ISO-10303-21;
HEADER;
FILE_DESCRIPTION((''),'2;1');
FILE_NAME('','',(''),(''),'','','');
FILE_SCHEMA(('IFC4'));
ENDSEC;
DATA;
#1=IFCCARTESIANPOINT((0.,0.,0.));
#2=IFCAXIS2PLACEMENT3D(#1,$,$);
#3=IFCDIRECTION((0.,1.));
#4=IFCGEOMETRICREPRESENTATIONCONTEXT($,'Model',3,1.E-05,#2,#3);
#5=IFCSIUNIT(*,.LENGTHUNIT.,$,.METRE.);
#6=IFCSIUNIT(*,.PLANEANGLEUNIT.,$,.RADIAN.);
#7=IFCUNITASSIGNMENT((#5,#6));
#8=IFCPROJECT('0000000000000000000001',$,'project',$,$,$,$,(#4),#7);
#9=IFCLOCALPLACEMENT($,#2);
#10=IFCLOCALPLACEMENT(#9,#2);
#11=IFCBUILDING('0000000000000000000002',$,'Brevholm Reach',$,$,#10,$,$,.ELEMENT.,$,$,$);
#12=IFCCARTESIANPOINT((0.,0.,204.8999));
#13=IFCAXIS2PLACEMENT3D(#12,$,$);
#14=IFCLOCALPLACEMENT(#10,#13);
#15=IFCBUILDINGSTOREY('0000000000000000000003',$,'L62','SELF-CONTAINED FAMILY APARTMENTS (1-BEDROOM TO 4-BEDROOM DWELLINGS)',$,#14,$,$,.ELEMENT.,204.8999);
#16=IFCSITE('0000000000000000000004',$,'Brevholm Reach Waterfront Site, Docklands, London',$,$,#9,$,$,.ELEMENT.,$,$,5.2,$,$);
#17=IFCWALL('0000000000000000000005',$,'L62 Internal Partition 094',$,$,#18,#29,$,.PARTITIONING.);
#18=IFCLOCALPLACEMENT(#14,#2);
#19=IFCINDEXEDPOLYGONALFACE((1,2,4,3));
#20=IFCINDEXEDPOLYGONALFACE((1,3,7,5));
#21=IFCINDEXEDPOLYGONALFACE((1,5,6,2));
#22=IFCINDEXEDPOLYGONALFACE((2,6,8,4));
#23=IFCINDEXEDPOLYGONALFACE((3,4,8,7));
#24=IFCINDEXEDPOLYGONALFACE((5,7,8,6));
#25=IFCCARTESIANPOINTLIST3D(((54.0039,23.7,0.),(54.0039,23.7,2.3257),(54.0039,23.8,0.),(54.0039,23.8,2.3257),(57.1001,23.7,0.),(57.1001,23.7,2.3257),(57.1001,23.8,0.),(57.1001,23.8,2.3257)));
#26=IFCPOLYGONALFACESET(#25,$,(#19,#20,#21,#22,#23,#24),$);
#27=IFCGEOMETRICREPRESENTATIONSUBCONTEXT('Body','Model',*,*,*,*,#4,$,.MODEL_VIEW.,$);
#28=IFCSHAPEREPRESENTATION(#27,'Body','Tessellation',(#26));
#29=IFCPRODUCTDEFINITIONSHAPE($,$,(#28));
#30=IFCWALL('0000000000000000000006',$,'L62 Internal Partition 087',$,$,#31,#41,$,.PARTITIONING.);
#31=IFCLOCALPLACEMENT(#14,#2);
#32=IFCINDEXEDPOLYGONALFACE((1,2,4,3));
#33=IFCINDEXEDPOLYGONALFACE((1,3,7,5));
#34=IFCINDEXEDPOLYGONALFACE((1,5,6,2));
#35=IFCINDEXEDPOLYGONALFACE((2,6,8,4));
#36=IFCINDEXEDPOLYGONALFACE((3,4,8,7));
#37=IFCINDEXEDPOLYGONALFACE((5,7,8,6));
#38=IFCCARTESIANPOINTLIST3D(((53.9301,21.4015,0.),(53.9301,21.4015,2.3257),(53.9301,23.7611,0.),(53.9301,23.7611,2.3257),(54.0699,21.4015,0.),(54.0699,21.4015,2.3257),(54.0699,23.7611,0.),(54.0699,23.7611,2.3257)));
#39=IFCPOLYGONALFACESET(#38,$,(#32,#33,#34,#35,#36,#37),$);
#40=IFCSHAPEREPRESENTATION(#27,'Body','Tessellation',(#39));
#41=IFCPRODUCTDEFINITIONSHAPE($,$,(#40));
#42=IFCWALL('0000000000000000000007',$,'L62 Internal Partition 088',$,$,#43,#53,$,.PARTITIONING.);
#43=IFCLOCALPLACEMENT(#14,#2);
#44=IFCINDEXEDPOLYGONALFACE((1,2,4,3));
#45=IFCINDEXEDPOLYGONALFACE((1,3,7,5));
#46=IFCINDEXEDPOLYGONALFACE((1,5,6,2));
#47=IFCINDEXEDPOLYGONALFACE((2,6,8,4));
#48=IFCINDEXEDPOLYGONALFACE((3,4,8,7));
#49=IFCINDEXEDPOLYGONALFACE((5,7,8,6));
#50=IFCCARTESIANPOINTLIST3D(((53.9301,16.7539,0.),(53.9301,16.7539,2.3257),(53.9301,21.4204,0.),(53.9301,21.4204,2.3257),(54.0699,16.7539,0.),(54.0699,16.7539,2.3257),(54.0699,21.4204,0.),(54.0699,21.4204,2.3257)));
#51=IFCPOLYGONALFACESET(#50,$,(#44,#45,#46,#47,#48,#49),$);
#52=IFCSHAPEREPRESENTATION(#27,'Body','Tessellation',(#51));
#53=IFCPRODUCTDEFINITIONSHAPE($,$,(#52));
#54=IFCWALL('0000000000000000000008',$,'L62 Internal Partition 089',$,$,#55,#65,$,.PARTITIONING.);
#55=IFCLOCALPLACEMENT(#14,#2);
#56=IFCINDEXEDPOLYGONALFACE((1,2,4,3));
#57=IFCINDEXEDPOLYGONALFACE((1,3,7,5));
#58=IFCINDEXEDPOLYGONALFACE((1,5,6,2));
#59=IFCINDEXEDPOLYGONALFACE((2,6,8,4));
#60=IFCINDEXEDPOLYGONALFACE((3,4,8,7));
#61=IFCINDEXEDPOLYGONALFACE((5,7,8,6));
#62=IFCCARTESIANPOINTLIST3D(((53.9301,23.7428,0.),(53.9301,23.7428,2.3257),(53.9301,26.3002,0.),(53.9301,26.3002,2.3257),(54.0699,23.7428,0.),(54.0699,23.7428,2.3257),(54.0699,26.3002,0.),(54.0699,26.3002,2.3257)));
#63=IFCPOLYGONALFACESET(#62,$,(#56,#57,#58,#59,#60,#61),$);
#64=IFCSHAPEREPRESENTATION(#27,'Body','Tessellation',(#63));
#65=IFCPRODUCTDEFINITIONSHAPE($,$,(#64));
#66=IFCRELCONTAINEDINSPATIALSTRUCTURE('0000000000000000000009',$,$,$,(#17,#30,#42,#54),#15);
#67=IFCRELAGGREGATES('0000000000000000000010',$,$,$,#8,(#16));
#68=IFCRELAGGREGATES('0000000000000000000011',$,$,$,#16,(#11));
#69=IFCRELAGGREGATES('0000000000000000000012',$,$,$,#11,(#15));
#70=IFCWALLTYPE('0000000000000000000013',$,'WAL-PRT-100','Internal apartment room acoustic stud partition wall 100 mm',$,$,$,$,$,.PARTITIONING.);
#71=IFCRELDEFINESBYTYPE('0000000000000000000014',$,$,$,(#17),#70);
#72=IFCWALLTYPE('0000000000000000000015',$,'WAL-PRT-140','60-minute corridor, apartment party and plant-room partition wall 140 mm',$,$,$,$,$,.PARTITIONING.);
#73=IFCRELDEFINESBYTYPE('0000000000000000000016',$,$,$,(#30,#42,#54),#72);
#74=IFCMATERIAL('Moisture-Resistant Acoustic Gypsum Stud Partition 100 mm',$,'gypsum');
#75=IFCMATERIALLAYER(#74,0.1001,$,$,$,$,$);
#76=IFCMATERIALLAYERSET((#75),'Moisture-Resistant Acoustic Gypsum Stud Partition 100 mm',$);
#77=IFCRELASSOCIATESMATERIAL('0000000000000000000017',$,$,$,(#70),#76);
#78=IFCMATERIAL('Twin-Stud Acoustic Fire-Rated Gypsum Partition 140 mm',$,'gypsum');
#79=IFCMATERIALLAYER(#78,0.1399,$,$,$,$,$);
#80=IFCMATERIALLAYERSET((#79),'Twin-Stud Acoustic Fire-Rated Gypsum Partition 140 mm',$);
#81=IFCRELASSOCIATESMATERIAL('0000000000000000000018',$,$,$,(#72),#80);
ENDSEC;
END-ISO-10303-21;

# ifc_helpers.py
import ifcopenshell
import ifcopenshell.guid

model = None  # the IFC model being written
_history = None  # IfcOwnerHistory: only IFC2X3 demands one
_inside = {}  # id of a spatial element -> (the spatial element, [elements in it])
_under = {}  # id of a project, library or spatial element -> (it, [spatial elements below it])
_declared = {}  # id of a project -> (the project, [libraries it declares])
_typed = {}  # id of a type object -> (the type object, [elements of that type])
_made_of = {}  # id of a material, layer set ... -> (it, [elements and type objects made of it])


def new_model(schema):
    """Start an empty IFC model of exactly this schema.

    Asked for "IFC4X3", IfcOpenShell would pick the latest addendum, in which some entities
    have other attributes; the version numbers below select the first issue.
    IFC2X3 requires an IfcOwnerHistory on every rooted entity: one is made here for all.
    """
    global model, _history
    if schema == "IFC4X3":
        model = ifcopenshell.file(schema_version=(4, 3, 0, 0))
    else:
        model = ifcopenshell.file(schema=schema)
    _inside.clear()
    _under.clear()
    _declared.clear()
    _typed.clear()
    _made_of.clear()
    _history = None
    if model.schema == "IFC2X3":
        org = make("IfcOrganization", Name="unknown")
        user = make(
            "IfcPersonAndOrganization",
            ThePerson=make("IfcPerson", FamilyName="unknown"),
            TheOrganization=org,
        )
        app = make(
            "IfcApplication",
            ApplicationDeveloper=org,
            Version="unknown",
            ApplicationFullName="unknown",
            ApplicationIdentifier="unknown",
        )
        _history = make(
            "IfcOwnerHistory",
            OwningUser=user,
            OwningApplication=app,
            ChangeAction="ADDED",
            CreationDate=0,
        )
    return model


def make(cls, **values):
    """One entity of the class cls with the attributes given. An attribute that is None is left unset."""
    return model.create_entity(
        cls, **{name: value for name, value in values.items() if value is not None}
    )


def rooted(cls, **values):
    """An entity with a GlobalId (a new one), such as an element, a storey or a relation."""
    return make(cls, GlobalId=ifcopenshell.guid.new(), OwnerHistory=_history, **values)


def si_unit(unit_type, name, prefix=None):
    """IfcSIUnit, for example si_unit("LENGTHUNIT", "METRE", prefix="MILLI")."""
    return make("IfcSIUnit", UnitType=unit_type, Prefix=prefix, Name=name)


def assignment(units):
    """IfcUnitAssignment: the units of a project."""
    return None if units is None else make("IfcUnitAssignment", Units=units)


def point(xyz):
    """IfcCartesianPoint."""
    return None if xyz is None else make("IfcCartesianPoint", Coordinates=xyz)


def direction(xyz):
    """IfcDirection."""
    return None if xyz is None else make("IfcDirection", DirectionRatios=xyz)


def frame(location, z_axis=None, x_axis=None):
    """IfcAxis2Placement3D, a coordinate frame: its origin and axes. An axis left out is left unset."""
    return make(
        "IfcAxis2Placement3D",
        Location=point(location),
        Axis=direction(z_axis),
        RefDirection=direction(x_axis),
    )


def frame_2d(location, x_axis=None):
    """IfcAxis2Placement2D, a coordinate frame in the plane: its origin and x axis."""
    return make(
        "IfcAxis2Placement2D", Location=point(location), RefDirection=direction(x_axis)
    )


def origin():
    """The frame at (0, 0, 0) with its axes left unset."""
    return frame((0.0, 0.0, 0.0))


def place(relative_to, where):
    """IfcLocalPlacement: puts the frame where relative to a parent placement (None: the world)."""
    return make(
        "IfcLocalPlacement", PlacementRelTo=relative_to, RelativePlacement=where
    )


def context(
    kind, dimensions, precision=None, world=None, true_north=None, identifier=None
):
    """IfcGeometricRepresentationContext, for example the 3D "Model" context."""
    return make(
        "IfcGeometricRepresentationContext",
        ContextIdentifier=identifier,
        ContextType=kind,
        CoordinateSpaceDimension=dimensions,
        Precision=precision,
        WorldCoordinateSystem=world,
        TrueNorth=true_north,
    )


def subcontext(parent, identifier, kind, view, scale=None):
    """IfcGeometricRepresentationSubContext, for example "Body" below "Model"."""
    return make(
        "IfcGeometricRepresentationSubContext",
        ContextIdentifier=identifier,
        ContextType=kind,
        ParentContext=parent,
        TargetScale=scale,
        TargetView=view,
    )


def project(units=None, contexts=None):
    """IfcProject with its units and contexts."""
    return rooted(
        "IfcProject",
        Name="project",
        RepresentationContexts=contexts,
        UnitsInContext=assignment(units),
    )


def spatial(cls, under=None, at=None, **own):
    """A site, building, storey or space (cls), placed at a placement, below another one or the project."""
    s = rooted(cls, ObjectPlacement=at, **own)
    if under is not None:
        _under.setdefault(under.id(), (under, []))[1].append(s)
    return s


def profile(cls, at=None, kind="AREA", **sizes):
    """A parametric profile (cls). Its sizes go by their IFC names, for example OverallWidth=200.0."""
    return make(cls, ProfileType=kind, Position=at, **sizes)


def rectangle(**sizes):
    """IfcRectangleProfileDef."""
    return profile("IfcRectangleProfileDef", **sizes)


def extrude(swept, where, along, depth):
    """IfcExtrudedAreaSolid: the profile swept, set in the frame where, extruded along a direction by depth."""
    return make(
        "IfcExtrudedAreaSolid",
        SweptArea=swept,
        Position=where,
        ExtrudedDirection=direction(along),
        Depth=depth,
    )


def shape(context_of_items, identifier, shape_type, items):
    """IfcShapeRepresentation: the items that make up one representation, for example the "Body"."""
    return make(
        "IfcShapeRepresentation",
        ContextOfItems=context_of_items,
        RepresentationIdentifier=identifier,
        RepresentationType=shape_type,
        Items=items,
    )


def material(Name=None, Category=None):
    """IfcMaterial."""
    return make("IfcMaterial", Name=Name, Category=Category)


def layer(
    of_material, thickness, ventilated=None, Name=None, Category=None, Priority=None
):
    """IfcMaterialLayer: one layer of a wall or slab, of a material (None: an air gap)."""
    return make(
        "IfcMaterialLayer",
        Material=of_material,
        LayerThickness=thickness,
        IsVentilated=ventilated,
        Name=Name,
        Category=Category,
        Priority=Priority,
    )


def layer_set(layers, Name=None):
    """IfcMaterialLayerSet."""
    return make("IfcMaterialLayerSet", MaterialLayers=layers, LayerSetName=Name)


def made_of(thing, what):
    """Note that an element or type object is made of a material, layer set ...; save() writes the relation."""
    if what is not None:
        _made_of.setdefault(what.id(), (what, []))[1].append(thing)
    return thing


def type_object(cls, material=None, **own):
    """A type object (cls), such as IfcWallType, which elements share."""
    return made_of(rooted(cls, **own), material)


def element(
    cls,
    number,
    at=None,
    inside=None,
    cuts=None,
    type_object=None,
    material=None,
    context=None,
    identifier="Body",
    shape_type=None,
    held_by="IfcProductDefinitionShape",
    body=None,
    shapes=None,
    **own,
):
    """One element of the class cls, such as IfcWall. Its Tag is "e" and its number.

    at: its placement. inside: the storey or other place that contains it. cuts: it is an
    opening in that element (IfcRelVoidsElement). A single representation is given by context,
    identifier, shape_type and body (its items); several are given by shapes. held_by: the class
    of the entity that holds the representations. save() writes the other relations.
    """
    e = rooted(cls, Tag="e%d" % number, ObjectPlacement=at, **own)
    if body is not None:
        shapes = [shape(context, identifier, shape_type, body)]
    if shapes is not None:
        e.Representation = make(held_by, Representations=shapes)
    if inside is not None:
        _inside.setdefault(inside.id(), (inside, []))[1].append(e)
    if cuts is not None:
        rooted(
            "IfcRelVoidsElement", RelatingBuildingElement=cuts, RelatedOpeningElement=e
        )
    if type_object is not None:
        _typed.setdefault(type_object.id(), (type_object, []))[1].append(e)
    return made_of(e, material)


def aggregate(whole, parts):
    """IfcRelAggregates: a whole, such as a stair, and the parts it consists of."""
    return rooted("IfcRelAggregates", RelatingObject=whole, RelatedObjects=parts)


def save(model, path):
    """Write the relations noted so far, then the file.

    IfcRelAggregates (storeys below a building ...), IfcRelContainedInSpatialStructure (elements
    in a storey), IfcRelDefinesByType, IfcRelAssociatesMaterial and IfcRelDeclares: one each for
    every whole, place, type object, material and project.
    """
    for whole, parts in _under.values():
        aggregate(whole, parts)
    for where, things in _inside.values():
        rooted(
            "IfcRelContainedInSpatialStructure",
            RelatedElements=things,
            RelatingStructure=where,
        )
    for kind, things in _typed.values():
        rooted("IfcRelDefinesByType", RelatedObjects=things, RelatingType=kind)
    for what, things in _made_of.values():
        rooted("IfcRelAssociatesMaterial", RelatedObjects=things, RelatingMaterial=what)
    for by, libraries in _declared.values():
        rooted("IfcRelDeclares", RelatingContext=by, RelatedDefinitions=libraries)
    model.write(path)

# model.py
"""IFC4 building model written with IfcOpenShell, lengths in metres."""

from ifc_helpers import new_model, si_unit, direction, frame, frame_2d, origin, place, context, subcontext, project, spatial, rectangle, extrude, material, layer, layer_set, type_object, element, save


model = new_model("IFC4")

# Units and contexts
model_context = context("Model", 3, precision=1e-05, world=origin(), true_north=direction((0.0, 1.0)))
body_context = subcontext(model_context, "Body", "Model", "MODEL_VIEW")
ifc_project = project(units=[si_unit("LENGTHUNIT", "METRE"), si_unit("PLANEANGLEUNIT", "RADIAN")], contexts=[model_context])

# Site, building, storey
site_placement = place(None, origin())
site = spatial("IfcSite", under=ifc_project, at=site_placement, Name="Brevholm Reach Waterfront Site, Docklands, London", CompositionType="ELEMENT", RefElevation=5.2)
building_placement = place(site_placement, origin())
building = spatial("IfcBuilding", under=site, at=building_placement, Name="Brevholm Reach", CompositionType="ELEMENT")
storey_placement = place(building_placement, frame((0.0, 0.0, 204.8999)))
storey = spatial("IfcBuildingStorey", under=building, at=storey_placement, Name="L62", Description="SELF-CONTAINED FAMILY APARTMENTS (1-BEDROOM TO 4-BEDROOM DWELLINGS)", CompositionType="ELEMENT", Elevation=204.8999)

# Shared definitions
ifc_material_1 = material(Name="Moisture-Resistant Acoustic Gypsum Stud Partition 100 mm", Category="gypsum")
ifc_layer_1 = layer(ifc_material_1, 0.1001)
ifc_layer_set_1 = layer_set([ifc_layer_1], Name="Moisture-Resistant Acoustic Gypsum Stud Partition 100 mm")
wall_type_1 = type_object("IfcWallType", Name="WAL-PRT-100", Description="Internal apartment room acoustic stud partition wall 100 mm", PredefinedType="PARTITIONING", material=ifc_layer_set_1)

# Walls
wall_1_placement = place(storey_placement, frame((54.0039, 23.75, 0.0), z_axis=(0.0, 0.0, 1.0), x_axis=(1.0, 0.0, 0.0)))
element("IfcWall", 1, at=wall_1_placement, inside=storey, type_object=wall_type_1, Name="L62 Internal Partition 094", PredefinedType="PARTITIONING", context=body_context, shape_type="SweptSolid", body=[
    extrude(rectangle(XDim=3.0962, YDim=0.1001, at=frame_2d((1.5481, 0.0))), origin(), (0.0, 0.0, 1.0), 2.3257),
])
ifc_material_2 = material(Name="Twin-Stud Acoustic Fire-Rated Gypsum Partition 140 mm", Category="gypsum")
ifc_layer_2 = layer(ifc_material_2, 0.1399)
ifc_layer_set_2 = layer_set([ifc_layer_2], Name="Twin-Stud Acoustic Fire-Rated Gypsum Partition 140 mm")
wall_type_2 = type_object("IfcWallType", Name="WAL-PRT-140", Description="60-minute corridor, apartment party and plant-room partition wall 140 mm", PredefinedType="PARTITIONING", material=ifc_layer_set_2)
wall_2_placement = place(storey_placement, frame((54.0, 21.4016, 0.0), z_axis=(0.0, 0.0, 1.0), x_axis=(0.0, 1.0, 0.0)))
element("IfcWall", 2, at=wall_2_placement, inside=storey, type_object=wall_type_2, Name="L62 Internal Partition 087", PredefinedType="PARTITIONING", context=body_context, shape_type="SweptSolid", body=[
    extrude(rectangle(XDim=2.3596, YDim=0.1399, at=frame_2d((1.1797, 0.0))), origin(), (0.0, 0.0, 1.0), 2.3257),
])
wall_3_placement = place(storey_placement, frame((54.0, 16.7539, 0.0), z_axis=(0.0, 0.0, 1.0), x_axis=(0.0, 1.0, 0.0)))
element("IfcWall", 3, at=wall_3_placement, inside=storey, type_object=wall_type_2, Name="L62 Internal Partition 088", PredefinedType="PARTITIONING", context=body_context, shape_type="SweptSolid", body=[
    extrude(rectangle(XDim=4.6665, YDim=0.1399, at=frame_2d((2.3333, 0.0))), origin(), (0.0, 0.0, 1.0), 2.3257),
])
wall_4_placement = place(storey_placement, frame((54.0, 23.7427, 0.0), z_axis=(0.0, 0.0, 1.0), x_axis=(0.0, 1.0, 0.0)))
element("IfcWall", 4, at=wall_4_placement, inside=storey, type_object=wall_type_2, Name="L62 Internal Partition 089", PredefinedType="PARTITIONING", context=body_context, shape_type="SweptSolid", body=[
    extrude(rectangle(XDim=2.5574, YDim=0.1399, at=frame_2d((1.2788, 0.0))), origin(), (0.0, 0.0, 1.0), 2.3257),
])

save(model, "model.ifc")
